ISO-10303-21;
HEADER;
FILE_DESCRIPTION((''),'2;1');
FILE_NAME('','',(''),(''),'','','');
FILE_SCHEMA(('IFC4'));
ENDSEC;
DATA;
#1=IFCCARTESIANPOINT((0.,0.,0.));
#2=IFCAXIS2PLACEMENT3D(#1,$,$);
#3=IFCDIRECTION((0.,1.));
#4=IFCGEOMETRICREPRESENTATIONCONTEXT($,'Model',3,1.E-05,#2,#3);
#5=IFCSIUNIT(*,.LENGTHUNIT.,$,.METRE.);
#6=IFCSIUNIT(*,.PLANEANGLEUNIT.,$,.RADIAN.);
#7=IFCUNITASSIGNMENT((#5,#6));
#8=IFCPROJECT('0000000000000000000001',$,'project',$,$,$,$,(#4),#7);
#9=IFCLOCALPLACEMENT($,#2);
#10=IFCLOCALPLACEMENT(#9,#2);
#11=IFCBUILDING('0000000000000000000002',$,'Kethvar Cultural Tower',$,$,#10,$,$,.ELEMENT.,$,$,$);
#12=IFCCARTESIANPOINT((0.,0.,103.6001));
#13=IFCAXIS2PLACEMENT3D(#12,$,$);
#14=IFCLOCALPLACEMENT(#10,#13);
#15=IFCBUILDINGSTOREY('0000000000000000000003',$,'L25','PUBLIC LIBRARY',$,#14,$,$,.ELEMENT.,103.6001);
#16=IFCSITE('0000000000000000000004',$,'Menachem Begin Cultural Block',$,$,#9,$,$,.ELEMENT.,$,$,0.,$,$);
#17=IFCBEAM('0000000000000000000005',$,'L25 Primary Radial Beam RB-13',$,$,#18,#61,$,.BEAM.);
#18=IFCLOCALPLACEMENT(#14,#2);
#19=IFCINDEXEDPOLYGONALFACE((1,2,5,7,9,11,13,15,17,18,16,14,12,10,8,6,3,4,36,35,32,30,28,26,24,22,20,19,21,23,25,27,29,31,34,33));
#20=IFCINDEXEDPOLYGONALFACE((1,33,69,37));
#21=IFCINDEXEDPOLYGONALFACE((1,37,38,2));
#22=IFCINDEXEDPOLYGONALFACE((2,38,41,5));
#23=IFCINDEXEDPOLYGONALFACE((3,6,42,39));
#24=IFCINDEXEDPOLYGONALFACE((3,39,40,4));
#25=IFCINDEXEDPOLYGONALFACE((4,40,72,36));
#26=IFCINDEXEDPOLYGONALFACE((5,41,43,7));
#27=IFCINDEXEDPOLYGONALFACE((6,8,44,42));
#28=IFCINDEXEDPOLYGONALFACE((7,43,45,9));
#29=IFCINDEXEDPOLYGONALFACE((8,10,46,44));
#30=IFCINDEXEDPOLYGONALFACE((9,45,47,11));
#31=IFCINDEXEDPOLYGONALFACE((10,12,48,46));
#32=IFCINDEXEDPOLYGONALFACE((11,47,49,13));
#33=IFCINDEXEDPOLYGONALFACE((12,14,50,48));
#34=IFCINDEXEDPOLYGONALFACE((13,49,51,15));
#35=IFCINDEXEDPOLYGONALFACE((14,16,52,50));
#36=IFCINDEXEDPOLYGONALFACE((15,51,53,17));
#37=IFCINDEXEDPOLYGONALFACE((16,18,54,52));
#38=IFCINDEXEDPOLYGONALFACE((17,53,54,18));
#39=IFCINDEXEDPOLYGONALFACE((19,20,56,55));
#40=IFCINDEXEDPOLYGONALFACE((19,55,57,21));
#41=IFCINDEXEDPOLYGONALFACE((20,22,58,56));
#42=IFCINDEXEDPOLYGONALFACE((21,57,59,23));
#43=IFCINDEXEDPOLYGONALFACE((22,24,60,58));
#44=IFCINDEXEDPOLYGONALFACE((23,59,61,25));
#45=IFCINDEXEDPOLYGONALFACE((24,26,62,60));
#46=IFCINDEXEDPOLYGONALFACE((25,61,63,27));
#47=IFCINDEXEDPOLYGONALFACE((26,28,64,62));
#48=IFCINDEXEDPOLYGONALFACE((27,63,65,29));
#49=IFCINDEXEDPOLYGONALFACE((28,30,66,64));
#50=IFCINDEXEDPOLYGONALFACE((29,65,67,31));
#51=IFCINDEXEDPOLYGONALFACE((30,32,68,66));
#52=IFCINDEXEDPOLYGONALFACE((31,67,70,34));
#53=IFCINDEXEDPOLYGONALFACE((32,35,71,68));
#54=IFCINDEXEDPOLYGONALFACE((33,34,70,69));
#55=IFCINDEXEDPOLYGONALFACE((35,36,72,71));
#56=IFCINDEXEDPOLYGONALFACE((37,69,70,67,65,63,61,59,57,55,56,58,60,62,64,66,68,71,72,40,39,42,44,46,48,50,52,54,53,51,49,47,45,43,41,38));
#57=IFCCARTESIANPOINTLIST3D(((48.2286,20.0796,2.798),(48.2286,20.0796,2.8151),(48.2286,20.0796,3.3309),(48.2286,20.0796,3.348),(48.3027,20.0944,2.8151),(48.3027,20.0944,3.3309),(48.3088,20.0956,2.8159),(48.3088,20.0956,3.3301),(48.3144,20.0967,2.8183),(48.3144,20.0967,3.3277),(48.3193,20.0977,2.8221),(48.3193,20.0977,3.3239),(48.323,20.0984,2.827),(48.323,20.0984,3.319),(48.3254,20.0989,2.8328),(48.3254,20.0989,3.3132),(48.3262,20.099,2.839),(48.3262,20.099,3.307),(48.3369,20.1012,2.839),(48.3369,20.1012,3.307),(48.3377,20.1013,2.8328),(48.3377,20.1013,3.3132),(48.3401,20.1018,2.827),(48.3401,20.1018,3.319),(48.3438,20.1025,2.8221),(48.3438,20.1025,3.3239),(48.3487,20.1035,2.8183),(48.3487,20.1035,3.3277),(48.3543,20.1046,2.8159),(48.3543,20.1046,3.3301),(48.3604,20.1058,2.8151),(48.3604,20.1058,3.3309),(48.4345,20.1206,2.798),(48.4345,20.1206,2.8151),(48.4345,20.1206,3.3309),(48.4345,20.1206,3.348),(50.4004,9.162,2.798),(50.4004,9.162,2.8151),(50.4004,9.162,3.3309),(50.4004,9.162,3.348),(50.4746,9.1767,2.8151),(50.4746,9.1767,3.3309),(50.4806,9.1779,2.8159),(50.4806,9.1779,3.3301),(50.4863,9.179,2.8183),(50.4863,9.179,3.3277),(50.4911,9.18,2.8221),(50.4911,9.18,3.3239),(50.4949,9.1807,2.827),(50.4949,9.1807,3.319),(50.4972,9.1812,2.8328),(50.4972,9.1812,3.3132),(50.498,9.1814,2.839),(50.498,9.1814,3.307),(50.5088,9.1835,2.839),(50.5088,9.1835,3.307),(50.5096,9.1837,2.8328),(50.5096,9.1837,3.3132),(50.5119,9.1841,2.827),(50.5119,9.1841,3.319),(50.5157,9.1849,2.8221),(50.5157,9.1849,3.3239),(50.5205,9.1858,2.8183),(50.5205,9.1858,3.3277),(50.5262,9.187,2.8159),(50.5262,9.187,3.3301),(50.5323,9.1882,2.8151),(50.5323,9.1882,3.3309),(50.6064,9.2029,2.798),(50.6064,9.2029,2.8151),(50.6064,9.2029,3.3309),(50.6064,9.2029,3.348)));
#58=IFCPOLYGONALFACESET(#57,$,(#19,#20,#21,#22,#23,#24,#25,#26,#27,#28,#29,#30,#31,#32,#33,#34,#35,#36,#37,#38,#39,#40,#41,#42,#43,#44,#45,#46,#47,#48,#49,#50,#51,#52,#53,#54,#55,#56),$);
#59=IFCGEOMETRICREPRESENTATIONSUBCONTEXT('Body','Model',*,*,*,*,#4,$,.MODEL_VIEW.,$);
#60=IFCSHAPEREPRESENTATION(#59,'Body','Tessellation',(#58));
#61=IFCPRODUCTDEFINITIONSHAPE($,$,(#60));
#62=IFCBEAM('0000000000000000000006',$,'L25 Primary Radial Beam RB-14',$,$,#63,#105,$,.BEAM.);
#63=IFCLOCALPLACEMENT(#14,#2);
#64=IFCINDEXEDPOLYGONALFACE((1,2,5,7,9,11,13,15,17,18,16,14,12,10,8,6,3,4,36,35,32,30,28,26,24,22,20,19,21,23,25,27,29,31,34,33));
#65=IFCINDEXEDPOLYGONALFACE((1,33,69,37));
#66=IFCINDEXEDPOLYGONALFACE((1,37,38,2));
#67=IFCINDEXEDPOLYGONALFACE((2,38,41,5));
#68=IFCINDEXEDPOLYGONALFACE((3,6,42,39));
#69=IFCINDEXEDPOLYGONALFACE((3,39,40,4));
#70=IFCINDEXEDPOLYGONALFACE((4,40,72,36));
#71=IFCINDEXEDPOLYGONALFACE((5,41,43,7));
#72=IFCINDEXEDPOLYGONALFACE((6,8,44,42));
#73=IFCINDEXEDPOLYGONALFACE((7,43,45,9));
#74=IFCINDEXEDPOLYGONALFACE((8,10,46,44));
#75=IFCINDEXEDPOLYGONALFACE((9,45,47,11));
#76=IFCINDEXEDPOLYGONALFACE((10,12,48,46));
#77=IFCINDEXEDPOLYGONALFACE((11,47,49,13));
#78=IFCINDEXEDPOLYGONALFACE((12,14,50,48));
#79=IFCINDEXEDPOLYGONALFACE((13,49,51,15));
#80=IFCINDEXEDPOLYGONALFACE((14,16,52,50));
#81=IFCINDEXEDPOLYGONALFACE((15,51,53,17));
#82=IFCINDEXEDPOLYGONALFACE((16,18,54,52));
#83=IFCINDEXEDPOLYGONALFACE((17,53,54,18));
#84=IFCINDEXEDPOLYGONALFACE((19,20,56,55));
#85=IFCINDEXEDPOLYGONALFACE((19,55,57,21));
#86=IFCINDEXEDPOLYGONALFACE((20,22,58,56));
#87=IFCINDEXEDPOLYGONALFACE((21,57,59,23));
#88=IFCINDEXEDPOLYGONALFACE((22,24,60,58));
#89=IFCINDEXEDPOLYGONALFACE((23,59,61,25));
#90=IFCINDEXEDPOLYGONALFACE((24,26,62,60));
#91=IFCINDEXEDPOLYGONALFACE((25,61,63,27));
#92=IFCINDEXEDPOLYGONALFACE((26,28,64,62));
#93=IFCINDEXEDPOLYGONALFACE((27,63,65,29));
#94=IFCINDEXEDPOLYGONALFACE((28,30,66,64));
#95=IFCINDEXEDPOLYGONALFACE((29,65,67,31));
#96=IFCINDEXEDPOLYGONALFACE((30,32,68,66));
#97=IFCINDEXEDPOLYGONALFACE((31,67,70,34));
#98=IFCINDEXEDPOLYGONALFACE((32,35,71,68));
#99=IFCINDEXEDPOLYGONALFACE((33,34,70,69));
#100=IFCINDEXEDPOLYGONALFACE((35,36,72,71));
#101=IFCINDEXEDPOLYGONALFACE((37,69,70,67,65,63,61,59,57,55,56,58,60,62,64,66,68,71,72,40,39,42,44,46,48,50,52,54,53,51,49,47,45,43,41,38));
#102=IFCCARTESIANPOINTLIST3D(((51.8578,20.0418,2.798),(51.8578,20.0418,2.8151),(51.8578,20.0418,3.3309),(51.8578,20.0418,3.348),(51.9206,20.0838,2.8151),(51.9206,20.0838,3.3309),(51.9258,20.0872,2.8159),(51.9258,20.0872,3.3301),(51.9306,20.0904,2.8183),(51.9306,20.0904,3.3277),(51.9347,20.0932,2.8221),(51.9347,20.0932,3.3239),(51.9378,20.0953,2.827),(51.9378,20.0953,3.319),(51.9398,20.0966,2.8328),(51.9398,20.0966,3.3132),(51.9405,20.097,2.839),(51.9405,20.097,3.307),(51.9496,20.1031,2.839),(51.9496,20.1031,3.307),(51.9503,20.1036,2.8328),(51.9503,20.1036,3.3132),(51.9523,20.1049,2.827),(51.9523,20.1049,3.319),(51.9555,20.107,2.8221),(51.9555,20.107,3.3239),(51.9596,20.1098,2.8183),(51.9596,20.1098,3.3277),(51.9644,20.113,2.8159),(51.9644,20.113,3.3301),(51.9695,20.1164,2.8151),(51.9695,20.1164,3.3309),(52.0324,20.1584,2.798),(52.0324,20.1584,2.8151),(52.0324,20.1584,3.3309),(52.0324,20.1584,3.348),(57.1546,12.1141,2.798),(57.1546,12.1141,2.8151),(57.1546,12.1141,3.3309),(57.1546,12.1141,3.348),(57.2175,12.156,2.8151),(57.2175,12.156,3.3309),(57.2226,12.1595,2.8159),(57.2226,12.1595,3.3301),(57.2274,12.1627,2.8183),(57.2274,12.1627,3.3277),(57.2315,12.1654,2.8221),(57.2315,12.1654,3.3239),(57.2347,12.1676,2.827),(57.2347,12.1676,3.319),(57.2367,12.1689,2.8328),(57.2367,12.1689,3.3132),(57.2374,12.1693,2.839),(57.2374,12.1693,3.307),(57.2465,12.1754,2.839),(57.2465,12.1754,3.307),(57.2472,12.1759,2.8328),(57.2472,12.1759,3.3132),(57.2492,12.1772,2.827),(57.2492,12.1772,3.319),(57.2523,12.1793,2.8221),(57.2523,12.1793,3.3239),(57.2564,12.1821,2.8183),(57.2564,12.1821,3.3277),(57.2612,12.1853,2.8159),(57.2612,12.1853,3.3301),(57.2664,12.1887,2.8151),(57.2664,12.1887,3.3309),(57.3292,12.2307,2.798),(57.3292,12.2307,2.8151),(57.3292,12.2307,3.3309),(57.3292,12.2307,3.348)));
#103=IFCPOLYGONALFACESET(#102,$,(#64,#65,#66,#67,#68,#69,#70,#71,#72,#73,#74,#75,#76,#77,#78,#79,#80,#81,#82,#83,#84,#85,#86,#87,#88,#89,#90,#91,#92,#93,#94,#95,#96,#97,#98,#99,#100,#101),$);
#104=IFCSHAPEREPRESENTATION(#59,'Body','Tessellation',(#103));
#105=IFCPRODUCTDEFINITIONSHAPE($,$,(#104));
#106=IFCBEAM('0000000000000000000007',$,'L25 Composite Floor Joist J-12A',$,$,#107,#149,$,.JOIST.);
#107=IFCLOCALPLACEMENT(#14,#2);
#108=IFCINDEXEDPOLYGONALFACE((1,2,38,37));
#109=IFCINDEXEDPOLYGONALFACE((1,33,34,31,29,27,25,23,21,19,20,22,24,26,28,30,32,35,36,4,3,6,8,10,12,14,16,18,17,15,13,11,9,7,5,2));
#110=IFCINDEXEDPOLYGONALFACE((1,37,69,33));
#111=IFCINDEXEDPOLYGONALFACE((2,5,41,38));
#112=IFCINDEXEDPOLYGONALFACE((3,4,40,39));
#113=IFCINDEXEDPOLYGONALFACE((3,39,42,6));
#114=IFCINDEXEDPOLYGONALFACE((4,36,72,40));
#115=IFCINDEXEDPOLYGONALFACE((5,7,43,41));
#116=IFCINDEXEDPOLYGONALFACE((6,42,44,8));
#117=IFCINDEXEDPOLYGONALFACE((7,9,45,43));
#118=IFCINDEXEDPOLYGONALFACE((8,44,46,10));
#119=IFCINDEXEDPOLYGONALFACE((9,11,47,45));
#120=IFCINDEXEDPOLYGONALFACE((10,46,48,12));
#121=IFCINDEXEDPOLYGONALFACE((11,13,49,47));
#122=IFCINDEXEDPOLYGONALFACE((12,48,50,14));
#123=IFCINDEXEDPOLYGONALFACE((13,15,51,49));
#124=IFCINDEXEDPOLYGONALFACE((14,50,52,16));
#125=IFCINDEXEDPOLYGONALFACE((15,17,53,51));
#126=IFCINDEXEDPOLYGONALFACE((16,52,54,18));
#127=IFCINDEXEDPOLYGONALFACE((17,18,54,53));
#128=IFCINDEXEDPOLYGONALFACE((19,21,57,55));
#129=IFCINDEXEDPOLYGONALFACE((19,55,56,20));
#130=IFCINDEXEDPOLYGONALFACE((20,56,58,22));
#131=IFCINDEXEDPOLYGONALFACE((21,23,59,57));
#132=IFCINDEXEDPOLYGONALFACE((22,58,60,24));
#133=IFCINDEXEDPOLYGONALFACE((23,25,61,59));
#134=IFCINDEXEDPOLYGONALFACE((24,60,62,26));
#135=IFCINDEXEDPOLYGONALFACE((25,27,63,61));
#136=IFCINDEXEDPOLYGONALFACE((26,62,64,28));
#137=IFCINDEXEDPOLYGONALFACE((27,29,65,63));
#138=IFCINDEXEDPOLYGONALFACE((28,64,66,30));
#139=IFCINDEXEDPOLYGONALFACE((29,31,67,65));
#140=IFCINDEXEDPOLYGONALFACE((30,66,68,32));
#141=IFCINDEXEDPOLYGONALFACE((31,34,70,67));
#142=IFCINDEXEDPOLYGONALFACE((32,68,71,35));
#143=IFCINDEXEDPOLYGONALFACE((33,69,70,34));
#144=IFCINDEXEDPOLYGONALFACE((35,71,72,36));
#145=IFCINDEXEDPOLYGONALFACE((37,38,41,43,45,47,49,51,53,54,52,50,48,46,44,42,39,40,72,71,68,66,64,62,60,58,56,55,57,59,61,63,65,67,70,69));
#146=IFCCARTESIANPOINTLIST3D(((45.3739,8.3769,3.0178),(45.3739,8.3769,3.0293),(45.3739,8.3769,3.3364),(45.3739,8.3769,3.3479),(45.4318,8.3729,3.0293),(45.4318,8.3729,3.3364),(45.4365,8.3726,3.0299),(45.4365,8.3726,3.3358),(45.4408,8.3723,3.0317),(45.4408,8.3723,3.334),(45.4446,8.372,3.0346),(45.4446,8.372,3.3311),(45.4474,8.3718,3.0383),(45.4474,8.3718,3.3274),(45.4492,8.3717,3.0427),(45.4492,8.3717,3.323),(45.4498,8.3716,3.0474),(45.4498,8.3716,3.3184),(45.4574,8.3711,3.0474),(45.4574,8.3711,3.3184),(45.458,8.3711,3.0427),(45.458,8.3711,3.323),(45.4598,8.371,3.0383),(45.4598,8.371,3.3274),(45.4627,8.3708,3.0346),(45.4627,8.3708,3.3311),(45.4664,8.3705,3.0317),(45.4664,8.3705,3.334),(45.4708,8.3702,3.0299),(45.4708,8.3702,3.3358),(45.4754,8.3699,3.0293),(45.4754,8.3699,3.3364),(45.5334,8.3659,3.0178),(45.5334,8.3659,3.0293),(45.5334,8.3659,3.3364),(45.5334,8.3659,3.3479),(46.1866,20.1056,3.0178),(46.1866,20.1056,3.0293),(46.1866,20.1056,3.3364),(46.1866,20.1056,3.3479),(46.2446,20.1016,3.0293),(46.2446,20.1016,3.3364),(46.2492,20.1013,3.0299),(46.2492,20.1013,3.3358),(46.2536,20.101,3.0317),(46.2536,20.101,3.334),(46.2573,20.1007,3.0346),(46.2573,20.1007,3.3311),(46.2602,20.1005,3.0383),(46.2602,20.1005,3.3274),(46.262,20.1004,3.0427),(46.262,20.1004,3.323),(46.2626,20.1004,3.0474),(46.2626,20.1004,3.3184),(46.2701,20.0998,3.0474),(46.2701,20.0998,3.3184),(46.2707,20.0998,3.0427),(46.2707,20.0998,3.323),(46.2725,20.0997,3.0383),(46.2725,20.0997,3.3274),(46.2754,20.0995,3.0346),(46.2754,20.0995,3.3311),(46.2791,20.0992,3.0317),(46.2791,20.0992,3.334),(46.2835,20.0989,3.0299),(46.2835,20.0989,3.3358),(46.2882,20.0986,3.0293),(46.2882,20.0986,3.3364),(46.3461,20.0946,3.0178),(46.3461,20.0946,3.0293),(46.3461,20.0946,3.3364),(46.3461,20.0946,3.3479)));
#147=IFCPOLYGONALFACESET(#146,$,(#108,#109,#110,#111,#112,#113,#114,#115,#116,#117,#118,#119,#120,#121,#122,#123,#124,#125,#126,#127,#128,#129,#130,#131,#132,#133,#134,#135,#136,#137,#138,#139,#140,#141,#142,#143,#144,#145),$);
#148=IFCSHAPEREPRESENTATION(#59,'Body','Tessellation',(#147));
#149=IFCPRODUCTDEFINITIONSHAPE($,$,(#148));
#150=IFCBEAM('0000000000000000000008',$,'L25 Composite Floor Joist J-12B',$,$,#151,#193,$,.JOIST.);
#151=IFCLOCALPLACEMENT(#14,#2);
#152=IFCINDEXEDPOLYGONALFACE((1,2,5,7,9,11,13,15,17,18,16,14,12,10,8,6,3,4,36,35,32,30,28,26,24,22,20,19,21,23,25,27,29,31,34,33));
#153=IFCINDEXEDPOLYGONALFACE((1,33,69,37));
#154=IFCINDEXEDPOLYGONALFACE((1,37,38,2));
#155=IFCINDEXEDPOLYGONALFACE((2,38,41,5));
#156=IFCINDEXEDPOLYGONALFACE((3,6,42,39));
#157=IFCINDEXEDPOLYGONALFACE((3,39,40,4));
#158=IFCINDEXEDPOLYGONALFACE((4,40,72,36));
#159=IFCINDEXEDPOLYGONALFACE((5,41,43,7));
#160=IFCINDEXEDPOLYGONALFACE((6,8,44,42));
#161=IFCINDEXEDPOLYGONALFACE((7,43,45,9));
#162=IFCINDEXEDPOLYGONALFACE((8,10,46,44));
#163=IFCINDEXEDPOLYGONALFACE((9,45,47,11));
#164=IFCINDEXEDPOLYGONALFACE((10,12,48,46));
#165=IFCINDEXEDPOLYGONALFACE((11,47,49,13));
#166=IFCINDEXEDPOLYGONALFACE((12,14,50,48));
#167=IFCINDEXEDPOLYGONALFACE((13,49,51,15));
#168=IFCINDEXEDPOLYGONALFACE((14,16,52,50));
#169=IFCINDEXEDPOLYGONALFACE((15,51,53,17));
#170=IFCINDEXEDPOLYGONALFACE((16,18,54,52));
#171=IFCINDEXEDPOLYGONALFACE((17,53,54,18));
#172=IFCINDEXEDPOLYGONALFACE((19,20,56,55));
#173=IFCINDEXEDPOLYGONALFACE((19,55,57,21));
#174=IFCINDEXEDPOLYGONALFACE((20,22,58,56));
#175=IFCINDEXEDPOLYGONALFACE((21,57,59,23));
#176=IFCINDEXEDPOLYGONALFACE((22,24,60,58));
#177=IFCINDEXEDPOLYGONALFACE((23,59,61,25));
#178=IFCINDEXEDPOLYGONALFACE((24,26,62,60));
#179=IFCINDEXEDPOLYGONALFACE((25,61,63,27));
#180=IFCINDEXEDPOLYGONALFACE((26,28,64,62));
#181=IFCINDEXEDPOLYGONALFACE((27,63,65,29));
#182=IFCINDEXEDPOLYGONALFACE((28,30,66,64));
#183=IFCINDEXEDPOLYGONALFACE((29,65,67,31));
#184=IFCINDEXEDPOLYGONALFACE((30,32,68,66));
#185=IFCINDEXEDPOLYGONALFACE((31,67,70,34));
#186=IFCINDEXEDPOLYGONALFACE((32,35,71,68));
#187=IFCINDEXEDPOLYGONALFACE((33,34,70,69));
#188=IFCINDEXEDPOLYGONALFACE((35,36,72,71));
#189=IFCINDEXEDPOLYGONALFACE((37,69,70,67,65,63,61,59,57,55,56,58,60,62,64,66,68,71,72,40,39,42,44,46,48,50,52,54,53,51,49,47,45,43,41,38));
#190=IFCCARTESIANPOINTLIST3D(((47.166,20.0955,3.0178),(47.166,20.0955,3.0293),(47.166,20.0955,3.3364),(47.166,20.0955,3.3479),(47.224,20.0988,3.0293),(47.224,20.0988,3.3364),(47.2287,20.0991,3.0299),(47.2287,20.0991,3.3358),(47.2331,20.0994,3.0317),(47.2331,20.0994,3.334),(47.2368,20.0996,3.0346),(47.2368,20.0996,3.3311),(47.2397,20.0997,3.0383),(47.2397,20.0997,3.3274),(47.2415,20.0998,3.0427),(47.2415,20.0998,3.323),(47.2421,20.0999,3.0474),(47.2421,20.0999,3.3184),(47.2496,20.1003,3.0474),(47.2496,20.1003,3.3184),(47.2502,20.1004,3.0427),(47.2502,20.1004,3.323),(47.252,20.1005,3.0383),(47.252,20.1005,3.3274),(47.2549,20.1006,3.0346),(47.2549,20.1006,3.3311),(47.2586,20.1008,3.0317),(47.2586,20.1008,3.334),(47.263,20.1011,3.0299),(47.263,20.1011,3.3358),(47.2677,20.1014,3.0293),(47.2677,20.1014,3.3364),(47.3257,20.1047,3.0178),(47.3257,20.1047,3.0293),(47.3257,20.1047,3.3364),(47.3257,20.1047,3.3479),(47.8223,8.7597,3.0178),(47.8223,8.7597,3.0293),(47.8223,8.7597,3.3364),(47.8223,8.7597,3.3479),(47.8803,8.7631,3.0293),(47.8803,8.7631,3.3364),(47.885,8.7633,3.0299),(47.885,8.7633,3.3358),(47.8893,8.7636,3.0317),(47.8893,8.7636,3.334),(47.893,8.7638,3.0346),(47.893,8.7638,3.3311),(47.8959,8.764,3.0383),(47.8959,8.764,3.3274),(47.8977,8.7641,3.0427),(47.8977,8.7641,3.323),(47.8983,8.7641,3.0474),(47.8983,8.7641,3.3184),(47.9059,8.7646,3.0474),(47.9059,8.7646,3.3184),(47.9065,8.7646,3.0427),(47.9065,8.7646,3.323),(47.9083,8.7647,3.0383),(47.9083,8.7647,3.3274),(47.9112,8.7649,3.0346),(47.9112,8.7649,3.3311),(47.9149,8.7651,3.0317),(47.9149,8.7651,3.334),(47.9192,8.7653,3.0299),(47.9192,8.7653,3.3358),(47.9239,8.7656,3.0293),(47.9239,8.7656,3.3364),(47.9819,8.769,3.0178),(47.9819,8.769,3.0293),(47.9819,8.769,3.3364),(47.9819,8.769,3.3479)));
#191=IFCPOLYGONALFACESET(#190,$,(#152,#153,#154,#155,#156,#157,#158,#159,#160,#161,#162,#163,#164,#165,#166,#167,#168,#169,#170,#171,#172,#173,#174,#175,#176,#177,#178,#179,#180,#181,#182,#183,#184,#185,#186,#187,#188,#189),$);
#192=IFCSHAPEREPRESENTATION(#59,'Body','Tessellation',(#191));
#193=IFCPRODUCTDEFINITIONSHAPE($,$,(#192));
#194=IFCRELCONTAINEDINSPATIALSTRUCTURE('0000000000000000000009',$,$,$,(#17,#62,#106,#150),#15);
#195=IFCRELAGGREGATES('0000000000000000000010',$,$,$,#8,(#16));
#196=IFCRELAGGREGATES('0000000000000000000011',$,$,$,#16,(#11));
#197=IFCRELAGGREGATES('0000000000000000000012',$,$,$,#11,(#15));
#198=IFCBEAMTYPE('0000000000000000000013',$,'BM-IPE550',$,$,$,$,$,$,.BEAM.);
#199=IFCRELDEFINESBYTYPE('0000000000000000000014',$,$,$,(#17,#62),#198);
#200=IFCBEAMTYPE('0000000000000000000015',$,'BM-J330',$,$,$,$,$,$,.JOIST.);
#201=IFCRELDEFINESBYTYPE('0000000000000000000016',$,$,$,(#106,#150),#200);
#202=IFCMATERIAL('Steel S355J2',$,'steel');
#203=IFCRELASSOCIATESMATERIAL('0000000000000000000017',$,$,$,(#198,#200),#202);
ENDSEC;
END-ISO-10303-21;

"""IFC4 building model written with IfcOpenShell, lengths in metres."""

from ifc_helpers import new_model, si_unit, direction, frame, origin, origin_2d, place, context, subcontext, project, spatial, i_section, extrude, source, transform, mapped, material, material_profile, profile_set, type_object, element, save


model = new_model("IFC4")

# Units and contexts
model_context = context("Model", 3, precision=1e-05, world=origin(), true_north=direction((0.0, 1.0)))
body_context = subcontext(model_context, "Body", "Model", "MODEL_VIEW")
ifc_project = project(units=[si_unit("LENGTHUNIT", "METRE"), si_unit("PLANEANGLEUNIT", "RADIAN")], contexts=[model_context])

# Site, building, storey
site_placement = place(None, origin())
site = spatial("IfcSite", under=ifc_project, at=site_placement, Name="Menachem Begin Cultural Block", CompositionType="ELEMENT", RefElevation=0.0)
building_placement = place(site_placement, origin())
building = spatial("IfcBuilding", under=site, at=building_placement, Name="Kethvar Cultural Tower", CompositionType="ELEMENT")
storey_placement = place(building_placement, frame((0.0, 0.0, 103.6001)))
storey = spatial("IfcBuildingStorey", under=building, at=storey_placement, Name="L25", Description="PUBLIC LIBRARY", CompositionType="ELEMENT", Elevation=103.6001)

# Beams
ifc_material_1 = material(Name="Steel S355J2", Category="steel")
ifc_material_profile_1 = material_profile(ifc_material_1, i_section(OverallWidth=0.21, OverallDepth=0.55, WebThickness=0.011, FlangeThickness=0.0171, FilletRadius=0.0239, at=origin_2d()), Name="Steel S355J2 — IPE550")
ifc_profile_set_1 = profile_set([ifc_material_profile_1], Name="Steel S355J2 — IPE550")
beam_type_1 = type_object("IfcBeamType", Name="BM-IPE550", PredefinedType="BEAM", material=ifc_profile_set_1)
shared_shape_1 = source(origin(), body_context, "Body", "SweptSolid", [
    extrude(i_section(OverallWidth=0.21, OverallDepth=0.55, WebThickness=0.011, FlangeThickness=0.0171, FilletRadius=0.0239, at=origin_2d()), origin(), (0.0, 0.0, 1.0), 11.1316),
])
beam_1_placement = place(storey_placement, frame((48.3315, 20.1001, 3.073), z_axis=(0.195108, -0.980782, 0.0), x_axis=(0.980782, 0.195108, 0.0)))
element("IfcBeam", 1, at=beam_1_placement, inside=storey, type_object=beam_type_1, Name="L25 Primary Radial Beam RB-13", PredefinedType="BEAM", context=body_context, shape_type="MappedRepresentation", body=[
    mapped(shared_shape_1, transform((0.0, 0.0, 0.0), scale=1.0)),
])
shared_shape_2 = source(origin(), body_context, "Body", "SweptSolid", [
    extrude(i_section(OverallWidth=0.21, OverallDepth=0.55, WebThickness=0.011, FlangeThickness=0.0171, FilletRadius=0.0239, at=origin_2d()), origin(), (0.0, 0.0, 1.0), 9.5344),
])
beam_2_placement = place(storey_placement, frame((51.9451, 20.1001, 3.073), z_axis=(0.555551, -0.831483, 0.0), x_axis=(0.831483, 0.555551, 0.0)))
element("IfcBeam", 2, at=beam_2_placement, inside=storey, type_object=beam_type_1, Name="L25 Primary Radial Beam RB-14", PredefinedType="BEAM", context=body_context, shape_type="MappedRepresentation", body=[
    mapped(shared_shape_2, transform((0.0, 0.0, 0.0), scale=1.0)),
])
ifc_material_profile_2 = material_profile(ifc_material_1, i_section(OverallWidth=0.1599, OverallDepth=0.3301, WebThickness=0.0076, FlangeThickness=0.0115, FilletRadius=0.0181, at=origin_2d()), Name="Steel S355J2 — IPE330")
ifc_profile_set_2 = profile_set([ifc_material_profile_2], Name="Steel S355J2 — IPE330")
beam_type_2 = type_object("IfcBeamType", Name="BM-J330", PredefinedType="JOIST", material=ifc_profile_set_2)
shared_shape_3 = source(origin(), body_context, "Body", "SweptSolid", [
    extrude(i_section(OverallWidth=0.1599, OverallDepth=0.3301, WebThickness=0.0076, FlangeThickness=0.0115, FilletRadius=0.0181, at=origin_2d()), origin(), (0.0, 0.0, 1.0), 11.7568),
])
beam_3_placement = place(storey_placement, frame((46.2664, 20.1001, 3.1829), z_axis=(-0.069129, -0.997608, 0.0), x_axis=(0.997608, -0.069129, 0.0)))
element("IfcBeam", 3, at=beam_3_placement, inside=storey, type_object=beam_type_2, Name="L25 Composite Floor Joist J-12A", PredefinedType="JOIST", context=body_context, shape_type="MappedRepresentation", body=[
    mapped(shared_shape_3, transform((0.0, 0.0, 0.0), scale=1.0)),
])
shared_shape_4 = source(origin(), body_context, "Body", "SweptSolid", [
    extrude(i_section(OverallWidth=0.1599, OverallDepth=0.3301, WebThickness=0.0076, FlangeThickness=0.0115, FilletRadius=0.0181, at=origin_2d()), origin(), (0.0, 0.0, 1.0), 11.3547),
])
beam_4_placement = place(storey_placement, frame((47.2458, 20.1001, 3.1829), z_axis=(0.057796, -0.998328, 0.0), x_axis=(0.998328, 0.057796, 0.0)))
element("IfcBeam", 4, at=beam_4_placement, inside=storey, type_object=beam_type_2, Name="L25 Composite Floor Joist J-12B", PredefinedType="JOIST", context=body_context, shape_type="MappedRepresentation", body=[
    mapped(shared_shape_4, transform((0.0, 0.0, 0.0), scale=1.0)),
])

save(model, "model.ifc")
